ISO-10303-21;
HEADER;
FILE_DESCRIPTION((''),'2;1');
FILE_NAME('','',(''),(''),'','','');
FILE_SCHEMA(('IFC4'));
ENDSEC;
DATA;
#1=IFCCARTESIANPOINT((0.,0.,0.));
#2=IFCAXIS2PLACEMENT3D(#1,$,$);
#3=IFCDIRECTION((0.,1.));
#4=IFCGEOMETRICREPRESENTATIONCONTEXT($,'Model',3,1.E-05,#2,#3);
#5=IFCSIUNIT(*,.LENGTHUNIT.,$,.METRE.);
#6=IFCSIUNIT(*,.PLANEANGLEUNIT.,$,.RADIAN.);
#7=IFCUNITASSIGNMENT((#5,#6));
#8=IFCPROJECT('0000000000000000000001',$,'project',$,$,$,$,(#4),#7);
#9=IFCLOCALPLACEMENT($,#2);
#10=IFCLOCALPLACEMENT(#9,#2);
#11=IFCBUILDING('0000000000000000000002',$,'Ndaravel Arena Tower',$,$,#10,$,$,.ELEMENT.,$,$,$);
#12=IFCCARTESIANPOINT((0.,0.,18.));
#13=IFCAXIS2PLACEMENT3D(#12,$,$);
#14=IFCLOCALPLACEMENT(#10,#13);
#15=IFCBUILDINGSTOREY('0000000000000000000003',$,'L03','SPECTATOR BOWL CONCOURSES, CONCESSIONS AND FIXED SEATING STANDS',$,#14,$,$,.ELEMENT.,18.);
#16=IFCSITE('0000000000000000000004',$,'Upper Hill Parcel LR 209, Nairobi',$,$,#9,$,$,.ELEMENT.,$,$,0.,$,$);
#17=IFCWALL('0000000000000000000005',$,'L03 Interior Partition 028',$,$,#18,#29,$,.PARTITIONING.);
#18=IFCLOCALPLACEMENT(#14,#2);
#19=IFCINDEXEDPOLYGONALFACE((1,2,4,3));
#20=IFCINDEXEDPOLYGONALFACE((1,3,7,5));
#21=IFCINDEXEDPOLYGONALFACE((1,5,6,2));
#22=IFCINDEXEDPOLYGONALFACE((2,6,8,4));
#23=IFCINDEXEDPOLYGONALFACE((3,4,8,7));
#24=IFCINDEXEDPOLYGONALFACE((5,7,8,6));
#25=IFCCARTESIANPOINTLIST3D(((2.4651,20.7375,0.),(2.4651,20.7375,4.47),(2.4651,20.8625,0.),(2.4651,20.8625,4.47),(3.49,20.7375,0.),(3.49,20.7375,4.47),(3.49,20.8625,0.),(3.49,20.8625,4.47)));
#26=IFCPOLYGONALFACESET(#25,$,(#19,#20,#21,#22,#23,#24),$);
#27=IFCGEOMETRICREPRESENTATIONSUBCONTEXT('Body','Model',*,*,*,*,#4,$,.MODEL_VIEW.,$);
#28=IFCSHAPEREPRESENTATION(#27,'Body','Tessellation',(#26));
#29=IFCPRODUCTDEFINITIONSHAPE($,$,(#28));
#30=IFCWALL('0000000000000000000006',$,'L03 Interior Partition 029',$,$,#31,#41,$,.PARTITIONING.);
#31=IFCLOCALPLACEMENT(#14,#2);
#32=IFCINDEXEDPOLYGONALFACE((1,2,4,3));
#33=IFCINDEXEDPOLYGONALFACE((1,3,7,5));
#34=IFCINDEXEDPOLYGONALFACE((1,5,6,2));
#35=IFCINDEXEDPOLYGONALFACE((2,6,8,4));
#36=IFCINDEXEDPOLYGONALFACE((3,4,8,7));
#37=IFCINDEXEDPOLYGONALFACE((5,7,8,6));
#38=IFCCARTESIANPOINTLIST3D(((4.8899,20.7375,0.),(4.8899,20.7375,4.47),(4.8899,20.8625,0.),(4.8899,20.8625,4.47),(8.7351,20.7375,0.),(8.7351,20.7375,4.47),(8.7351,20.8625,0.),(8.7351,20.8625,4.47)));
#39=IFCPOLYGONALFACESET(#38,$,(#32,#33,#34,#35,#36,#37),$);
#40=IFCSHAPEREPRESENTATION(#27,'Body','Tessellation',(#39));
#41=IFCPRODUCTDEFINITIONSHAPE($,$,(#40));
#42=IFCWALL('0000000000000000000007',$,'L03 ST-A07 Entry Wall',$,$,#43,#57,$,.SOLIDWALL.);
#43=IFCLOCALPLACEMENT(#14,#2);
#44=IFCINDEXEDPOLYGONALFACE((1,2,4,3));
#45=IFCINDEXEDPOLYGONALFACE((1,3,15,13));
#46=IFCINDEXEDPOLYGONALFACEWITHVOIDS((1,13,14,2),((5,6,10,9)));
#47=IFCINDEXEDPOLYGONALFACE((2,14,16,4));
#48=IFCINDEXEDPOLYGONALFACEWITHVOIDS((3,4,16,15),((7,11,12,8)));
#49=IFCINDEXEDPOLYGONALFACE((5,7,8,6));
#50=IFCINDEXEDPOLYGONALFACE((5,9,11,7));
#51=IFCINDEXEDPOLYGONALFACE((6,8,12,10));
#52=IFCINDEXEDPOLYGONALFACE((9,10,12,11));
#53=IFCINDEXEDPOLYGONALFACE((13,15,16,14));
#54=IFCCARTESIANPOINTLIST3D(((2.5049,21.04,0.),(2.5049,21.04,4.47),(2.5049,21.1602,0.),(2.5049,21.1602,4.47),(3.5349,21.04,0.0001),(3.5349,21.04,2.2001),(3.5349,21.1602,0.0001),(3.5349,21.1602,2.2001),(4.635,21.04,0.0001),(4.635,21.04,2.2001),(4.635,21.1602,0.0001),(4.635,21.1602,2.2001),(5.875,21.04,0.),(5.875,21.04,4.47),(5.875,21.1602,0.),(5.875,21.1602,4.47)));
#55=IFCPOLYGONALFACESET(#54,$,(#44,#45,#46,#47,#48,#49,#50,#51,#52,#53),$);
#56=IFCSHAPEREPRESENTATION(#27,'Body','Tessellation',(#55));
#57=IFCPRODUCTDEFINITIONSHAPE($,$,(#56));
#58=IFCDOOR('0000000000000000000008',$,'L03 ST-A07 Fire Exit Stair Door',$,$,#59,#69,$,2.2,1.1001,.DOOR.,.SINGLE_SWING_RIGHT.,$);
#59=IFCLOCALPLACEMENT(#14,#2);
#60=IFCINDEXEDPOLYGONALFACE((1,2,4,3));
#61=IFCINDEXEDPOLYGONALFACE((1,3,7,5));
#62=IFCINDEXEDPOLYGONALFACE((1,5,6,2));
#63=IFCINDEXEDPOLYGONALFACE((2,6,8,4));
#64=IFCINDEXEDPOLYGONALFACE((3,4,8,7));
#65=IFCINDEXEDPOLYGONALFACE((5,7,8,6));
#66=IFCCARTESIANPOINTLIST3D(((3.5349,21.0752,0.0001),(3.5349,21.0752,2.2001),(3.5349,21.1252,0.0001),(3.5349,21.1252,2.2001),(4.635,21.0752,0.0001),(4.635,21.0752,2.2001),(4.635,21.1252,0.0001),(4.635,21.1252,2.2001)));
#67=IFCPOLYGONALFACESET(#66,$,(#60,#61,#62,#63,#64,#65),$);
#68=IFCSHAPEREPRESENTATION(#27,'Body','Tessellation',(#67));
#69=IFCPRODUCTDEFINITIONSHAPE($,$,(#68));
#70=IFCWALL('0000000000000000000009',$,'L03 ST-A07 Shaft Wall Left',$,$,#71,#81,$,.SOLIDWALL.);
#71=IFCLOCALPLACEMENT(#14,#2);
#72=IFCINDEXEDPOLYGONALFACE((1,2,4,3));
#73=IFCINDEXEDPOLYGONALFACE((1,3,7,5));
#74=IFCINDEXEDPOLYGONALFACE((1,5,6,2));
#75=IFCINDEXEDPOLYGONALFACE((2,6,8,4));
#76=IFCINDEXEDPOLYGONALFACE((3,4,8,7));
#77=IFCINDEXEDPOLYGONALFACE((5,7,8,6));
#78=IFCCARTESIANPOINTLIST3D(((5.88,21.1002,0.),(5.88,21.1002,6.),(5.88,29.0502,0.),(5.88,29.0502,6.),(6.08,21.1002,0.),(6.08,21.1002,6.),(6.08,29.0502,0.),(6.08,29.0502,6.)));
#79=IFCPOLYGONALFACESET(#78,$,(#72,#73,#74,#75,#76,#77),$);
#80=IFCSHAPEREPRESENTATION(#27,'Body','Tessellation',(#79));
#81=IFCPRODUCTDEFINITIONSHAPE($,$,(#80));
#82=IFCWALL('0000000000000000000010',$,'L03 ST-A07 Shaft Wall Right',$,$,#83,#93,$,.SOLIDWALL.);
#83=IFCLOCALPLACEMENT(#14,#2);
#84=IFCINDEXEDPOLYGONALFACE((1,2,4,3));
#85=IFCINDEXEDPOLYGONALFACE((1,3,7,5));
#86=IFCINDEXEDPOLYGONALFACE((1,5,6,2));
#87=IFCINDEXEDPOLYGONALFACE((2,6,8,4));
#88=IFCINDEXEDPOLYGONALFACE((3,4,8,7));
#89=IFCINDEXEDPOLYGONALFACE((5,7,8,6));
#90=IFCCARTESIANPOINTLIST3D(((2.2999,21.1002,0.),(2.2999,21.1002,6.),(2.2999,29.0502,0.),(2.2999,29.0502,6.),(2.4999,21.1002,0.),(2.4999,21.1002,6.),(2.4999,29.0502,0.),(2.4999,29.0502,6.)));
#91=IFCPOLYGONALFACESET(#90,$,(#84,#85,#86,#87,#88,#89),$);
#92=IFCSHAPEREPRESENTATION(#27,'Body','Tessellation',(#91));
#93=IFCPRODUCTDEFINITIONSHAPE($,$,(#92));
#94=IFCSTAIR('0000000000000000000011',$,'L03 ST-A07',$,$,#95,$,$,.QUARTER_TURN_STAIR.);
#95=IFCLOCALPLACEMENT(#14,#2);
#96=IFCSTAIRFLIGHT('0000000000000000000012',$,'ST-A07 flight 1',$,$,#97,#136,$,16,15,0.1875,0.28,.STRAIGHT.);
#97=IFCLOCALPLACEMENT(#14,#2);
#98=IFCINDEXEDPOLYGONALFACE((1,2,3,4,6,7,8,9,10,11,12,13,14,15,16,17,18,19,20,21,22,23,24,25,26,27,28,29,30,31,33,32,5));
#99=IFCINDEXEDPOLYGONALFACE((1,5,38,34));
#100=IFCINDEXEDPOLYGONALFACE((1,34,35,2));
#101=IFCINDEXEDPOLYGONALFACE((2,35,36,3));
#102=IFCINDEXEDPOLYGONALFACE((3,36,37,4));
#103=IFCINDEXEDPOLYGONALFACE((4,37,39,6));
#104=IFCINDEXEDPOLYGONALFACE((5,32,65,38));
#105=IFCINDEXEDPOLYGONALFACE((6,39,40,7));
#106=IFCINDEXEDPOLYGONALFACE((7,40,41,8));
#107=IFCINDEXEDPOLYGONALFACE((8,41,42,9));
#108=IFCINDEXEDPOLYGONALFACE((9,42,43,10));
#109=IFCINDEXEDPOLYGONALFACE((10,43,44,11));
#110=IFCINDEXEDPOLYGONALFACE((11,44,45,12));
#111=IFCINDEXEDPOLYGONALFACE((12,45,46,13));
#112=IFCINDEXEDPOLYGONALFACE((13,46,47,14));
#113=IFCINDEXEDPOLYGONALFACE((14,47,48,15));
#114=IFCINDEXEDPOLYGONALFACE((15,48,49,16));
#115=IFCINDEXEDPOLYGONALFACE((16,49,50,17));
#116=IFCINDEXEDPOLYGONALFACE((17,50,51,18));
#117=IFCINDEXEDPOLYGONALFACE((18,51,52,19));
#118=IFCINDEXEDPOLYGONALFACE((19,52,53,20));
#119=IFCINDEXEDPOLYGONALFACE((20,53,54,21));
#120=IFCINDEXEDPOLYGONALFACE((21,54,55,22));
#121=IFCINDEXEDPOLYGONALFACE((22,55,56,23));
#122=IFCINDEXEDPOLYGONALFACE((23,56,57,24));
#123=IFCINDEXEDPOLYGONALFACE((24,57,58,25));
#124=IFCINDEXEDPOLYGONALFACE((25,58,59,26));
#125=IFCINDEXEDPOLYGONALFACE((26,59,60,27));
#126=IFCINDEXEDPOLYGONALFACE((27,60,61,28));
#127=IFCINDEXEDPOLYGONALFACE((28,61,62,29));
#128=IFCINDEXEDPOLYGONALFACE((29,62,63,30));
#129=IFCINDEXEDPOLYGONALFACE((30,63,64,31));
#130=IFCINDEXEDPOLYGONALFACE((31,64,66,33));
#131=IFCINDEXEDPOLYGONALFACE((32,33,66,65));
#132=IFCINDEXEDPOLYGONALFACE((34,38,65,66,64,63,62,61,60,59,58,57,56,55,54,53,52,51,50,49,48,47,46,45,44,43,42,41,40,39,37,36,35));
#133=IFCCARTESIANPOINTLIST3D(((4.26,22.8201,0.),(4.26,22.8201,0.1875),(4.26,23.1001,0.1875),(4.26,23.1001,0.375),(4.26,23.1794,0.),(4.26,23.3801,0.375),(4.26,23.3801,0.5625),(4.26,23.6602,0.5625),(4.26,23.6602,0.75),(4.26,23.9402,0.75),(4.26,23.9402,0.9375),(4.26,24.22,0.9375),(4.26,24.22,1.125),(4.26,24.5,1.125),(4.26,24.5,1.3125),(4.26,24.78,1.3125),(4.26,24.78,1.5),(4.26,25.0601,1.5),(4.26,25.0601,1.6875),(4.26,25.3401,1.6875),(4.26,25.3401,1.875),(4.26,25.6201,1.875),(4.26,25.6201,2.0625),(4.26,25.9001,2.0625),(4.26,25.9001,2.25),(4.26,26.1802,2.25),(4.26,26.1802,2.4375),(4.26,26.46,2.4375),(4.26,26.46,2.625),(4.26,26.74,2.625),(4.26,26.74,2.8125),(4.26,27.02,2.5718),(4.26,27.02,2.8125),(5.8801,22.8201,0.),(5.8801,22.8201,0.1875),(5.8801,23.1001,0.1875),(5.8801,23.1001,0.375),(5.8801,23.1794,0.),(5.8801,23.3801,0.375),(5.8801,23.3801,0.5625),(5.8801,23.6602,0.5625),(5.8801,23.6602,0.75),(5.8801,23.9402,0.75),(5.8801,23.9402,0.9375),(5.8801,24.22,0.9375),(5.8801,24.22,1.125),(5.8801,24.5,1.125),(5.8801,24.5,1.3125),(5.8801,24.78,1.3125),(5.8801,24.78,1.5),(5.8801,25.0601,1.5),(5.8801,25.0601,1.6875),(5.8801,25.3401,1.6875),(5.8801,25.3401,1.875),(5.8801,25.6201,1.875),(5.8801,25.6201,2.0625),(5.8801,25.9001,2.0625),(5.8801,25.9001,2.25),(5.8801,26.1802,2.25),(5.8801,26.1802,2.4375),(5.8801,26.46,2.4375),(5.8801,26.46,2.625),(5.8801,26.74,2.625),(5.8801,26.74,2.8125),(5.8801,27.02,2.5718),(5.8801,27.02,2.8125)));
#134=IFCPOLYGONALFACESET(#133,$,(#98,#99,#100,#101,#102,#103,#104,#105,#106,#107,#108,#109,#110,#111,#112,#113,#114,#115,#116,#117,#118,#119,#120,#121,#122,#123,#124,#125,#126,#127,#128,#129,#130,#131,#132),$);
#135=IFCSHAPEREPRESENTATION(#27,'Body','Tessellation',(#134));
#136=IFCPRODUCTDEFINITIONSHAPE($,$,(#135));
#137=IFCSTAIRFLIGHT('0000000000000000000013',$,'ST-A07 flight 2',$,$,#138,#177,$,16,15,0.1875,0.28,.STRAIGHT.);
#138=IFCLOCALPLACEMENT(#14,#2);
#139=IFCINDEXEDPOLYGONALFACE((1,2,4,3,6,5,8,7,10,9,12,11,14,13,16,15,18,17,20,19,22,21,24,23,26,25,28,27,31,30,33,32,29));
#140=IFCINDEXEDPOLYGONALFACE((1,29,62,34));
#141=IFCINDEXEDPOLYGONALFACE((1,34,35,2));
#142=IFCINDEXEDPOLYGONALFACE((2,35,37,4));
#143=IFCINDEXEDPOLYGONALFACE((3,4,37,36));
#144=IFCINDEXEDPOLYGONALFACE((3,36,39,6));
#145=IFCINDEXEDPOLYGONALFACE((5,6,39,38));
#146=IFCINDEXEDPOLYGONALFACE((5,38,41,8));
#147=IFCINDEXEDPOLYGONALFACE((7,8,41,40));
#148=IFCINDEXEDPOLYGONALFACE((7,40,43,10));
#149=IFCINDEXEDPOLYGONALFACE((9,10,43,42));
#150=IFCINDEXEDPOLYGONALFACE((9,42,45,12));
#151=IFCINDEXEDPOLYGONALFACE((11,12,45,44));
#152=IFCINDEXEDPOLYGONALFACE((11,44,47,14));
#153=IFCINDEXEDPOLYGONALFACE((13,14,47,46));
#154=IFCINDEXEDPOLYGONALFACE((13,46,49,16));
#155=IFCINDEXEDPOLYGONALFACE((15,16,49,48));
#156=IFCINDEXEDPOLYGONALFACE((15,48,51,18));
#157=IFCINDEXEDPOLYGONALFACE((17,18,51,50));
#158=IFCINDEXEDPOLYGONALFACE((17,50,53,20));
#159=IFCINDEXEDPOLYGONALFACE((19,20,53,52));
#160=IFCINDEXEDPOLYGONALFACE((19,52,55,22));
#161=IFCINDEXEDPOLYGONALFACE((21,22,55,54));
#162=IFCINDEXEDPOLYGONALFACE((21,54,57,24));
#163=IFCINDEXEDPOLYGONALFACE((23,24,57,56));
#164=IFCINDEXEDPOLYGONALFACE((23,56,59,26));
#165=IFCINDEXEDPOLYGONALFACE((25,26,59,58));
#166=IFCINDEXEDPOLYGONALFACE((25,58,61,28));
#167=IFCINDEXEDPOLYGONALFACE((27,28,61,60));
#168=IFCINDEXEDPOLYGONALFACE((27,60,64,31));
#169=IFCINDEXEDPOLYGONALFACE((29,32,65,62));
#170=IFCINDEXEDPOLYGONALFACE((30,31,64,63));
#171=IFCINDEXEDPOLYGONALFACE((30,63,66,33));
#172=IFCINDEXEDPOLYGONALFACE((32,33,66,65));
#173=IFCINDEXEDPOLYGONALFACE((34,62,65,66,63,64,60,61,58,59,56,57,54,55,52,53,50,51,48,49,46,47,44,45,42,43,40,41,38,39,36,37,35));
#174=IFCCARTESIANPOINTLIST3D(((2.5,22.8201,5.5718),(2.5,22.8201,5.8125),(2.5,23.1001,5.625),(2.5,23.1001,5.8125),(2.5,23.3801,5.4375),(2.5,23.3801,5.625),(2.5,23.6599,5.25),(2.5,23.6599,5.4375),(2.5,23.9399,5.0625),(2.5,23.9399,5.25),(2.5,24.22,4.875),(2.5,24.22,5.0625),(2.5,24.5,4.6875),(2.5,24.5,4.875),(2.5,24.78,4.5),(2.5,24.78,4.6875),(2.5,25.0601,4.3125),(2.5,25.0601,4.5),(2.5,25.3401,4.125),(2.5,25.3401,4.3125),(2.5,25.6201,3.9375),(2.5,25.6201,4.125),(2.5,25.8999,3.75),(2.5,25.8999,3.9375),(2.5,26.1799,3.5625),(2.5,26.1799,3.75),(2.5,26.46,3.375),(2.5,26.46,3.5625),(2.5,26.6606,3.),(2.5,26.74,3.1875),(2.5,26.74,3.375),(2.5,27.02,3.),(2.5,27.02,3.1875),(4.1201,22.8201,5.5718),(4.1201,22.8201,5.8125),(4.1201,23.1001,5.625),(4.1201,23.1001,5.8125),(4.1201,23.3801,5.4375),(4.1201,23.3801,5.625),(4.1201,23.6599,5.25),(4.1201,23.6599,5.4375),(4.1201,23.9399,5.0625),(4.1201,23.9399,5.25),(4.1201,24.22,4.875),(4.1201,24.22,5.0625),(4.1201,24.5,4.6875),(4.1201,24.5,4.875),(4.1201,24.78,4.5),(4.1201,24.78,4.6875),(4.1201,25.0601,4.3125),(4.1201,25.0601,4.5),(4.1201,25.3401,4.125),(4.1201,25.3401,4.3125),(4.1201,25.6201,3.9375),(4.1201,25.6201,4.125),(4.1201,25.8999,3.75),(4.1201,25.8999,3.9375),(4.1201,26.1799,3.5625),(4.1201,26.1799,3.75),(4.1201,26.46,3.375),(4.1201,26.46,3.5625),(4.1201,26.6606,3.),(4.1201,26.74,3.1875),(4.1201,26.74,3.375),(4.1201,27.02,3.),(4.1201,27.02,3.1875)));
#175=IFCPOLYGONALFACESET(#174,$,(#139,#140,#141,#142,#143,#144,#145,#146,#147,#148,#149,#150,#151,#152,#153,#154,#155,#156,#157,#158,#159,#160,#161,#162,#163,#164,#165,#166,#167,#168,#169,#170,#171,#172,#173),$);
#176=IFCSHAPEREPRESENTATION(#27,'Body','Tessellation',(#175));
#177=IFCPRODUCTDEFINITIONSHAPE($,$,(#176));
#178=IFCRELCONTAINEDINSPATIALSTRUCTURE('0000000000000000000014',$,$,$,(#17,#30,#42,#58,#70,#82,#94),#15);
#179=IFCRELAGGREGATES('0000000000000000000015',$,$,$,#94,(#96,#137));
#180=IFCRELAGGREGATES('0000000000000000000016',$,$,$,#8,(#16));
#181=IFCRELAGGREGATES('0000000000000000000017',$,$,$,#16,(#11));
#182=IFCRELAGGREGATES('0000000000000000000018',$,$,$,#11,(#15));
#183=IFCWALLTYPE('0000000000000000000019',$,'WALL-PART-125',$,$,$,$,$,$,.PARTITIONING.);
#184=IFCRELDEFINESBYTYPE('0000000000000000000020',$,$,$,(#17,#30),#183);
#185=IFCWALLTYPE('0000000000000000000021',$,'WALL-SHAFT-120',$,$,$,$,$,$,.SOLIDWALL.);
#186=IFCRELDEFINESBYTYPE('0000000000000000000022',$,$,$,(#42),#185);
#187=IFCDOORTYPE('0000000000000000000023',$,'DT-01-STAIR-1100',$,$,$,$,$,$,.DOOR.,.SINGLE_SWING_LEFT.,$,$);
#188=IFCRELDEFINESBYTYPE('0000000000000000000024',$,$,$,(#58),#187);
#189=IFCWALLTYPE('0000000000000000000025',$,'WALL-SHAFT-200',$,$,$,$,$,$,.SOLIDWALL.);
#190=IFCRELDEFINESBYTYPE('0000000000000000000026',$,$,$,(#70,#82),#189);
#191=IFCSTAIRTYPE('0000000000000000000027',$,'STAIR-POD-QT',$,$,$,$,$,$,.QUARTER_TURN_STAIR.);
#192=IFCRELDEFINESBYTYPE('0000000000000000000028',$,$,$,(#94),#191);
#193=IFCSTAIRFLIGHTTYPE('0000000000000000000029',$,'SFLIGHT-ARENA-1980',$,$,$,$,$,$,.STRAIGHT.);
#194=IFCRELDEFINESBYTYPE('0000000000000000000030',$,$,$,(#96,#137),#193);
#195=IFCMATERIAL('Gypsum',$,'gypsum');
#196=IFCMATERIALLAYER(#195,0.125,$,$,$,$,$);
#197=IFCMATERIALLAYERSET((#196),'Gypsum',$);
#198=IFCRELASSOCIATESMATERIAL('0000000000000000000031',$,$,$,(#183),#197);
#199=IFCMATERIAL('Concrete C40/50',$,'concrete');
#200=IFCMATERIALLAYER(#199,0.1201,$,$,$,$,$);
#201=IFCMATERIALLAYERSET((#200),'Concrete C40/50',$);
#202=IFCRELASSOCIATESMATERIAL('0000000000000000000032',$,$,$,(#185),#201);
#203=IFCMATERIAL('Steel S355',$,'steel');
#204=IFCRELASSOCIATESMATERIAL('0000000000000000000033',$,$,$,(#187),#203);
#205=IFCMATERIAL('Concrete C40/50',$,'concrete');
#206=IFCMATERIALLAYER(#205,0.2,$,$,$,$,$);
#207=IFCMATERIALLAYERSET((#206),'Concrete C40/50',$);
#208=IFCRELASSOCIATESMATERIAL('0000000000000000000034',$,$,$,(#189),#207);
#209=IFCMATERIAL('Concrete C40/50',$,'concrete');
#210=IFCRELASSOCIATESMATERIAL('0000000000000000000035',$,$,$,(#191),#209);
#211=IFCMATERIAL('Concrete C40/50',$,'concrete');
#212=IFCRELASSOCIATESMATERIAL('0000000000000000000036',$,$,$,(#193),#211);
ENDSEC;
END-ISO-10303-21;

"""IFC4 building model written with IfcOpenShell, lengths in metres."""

from ifc_helpers import new_model, si_unit, direction, frame, frame_2d, origin, place, context, subcontext, project, spatial, polyline, rectangle, outline, extrude, material, layer, layer_set, type_object, element, fill, aggregate, save


model = new_model("IFC4")

# Units and contexts
model_context = context("Model", 3, precision=1e-05, world=origin(), true_north=direction((0.0, 1.0)))
body_context = subcontext(model_context, "Body", "Model", "MODEL_VIEW")
ifc_project = project(units=[si_unit("LENGTHUNIT", "METRE"), si_unit("PLANEANGLEUNIT", "RADIAN")], contexts=[model_context])

# Site, building, storey
site_placement = place(None, origin())
site = spatial("IfcSite", under=ifc_project, at=site_placement, Name="Upper Hill Parcel LR 209, Nairobi", CompositionType="ELEMENT", RefElevation=0.0)
building_placement = place(site_placement, origin())
building = spatial("IfcBuilding", under=site, at=building_placement, Name="Ndaravel Arena Tower", CompositionType="ELEMENT")
storey_placement = place(building_placement, frame((0.0, 0.0, 18.0)))
storey = spatial("IfcBuildingStorey", under=building, at=storey_placement, Name="L03", Description="SPECTATOR BOWL CONCOURSES, CONCESSIONS AND FIXED SEATING STANDS", CompositionType="ELEMENT", Elevation=18.0)

# Walls
ifc_material_1 = material(Name="Gypsum", Category="gypsum")
ifc_layer_1 = layer(ifc_material_1, 0.125)
ifc_layer_set_1 = layer_set([ifc_layer_1], Name="Gypsum")
wall_type_1 = type_object("IfcWallType", Name="WALL-PART-125", PredefinedType="PARTITIONING", material=ifc_layer_set_1)
wall_1_placement = place(storey_placement, frame((2.4651, 20.8, 0.0), z_axis=(0.0, 0.0, 1.0), x_axis=(1.0, 0.0, 0.0)))
element("IfcWall", 1, at=wall_1_placement, inside=storey, type_object=wall_type_1, Name="L03 Interior Partition 028", PredefinedType="PARTITIONING", context=body_context, shape_type="SweptSolid", body=[
    extrude(rectangle(XDim=1.0249, YDim=0.125, at=frame_2d((0.5125, 0.0))), origin(), (0.0, 0.0, 1.0), 4.47),
])
wall_2_placement = place(storey_placement, frame((4.8899, 20.8, 0.0), z_axis=(0.0, 0.0, 1.0), x_axis=(1.0, 0.0, 0.0)))
element("IfcWall", 2, at=wall_2_placement, inside=storey, type_object=wall_type_1, Name="L03 Interior Partition 029", PredefinedType="PARTITIONING", context=body_context, shape_type="SweptSolid", body=[
    extrude(rectangle(XDim=3.8452, YDim=0.125, at=frame_2d((1.9226, 0.0))), origin(), (0.0, 0.0, 1.0), 4.47),
])

# Wall, opening, door
ifc_material_2 = material(Name="Concrete C40/50", Category="concrete")
ifc_layer_2 = layer(ifc_material_2, 0.1201)
ifc_layer_set_2 = layer_set([ifc_layer_2], Name="Concrete C40/50")
wall_type_2 = type_object("IfcWallType", Name="WALL-SHAFT-120", PredefinedType="SOLIDWALL", material=ifc_layer_set_2)
wall_3_placement = place(storey_placement, frame((5.875, 21.1001, 0.0), z_axis=(0.0, 0.0, 1.0), x_axis=(-1.0, 0.0, 0.0)))
wall_3 = element("IfcWall", 3, at=wall_3_placement, inside=storey, type_object=wall_type_2, Name="L03 ST-A07 Entry Wall", PredefinedType="SOLIDWALL", context=body_context, shape_type="SweptSolid", body=[
    extrude(rectangle(XDim=3.3701, YDim=0.1201, at=frame_2d((1.6851, 0.0))), origin(), (0.0, 0.0, 1.0), 4.47),
])
opening_1_placement = place(wall_3_placement, frame((1.24, 0.0, 0.0)))
opening_1 = element("IfcOpeningElement", 4, at=opening_1_placement, cuts=wall_3, PredefinedType="OPENING", context=body_context, shape_type="SweptSolid", body=[
    extrude(rectangle(XDim=1.1001, YDim=2.2, at=frame_2d((0.55, 1.1001))), frame((0.0, 0.0601, 0.0), z_axis=(0.0, -1.0, 0.0), x_axis=(1.0, 0.0, 0.0)), (0.0, 0.0, 1.0), 0.1201),
])
ifc_material_3 = material(Name="Steel S355", Category="steel")
door_type = type_object("IfcDoorType", Name="DT-01-STAIR-1100", OperationType="SINGLE_SWING_LEFT", PredefinedType="DOOR", material=ifc_material_3)
door_placement = place(opening_1_placement, origin())
door = element("IfcDoor", 5, at=door_placement, inside=storey, type_object=door_type, Name="L03 ST-A07 Fire Exit Stair Door", OperationType="SINGLE_SWING_RIGHT", OverallHeight=2.2, OverallWidth=1.1001, PredefinedType="DOOR", context=body_context, shape_type="SweptSolid", body=[
    extrude(rectangle(XDim=1.1001, YDim=2.2, at=frame_2d((0.55, 1.1001))), frame((0.0, 0.0249, 0.0), z_axis=(0.0, -1.0, 0.0), x_axis=(1.0, 0.0, 0.0)), (0.0, 0.0, 1.0), 0.05),
])
fill(opening_1, door)

# Walls
ifc_material_4 = material(Name="Concrete C40/50", Category="concrete")
ifc_layer_3 = layer(ifc_material_4, 0.2)
ifc_layer_set_3 = layer_set([ifc_layer_3], Name="Concrete C40/50")
wall_type_3 = type_object("IfcWallType", Name="WALL-SHAFT-200", PredefinedType="SOLIDWALL", material=ifc_layer_set_3)
for number, where, z_axis, x_axis, name in (
    (6, (5.98, 21.1001, 0.0), (0.0, 0.0, 1.0), (0.0, 1.0, 0.0), "L03 ST-A07 Shaft Wall Left"),
    (7, (2.3999, 21.1001, 0.0), (0.0, 0.0, 1.0), (0.0, 1.0, 0.0), "L03 ST-A07 Shaft Wall Right"),
):
    element("IfcWall", number, at=place(storey_placement, frame(where, z_axis=z_axis, x_axis=x_axis)), inside=storey, type_object=wall_type_3, Name=name, PredefinedType="SOLIDWALL", context=body_context, shape_type="SweptSolid", body=[
        extrude(rectangle(XDim=7.95, YDim=0.2, at=frame_2d((3.9751, 0.0))), origin(), (0.0, 0.0, 1.0), 6.0),
    ])

# Stair, stair flights
ifc_material_5 = material(Name="Concrete C40/50", Category="concrete")
stair_type = type_object("IfcStairType", Name="STAIR-POD-QT", PredefinedType="QUARTER_TURN_STAIR", material=ifc_material_5)
stair_placement = place(storey_placement, origin())
stair = element("IfcStair", 8, at=stair_placement, inside=storey, type_object=stair_type, Name="L03 ST-A07", PredefinedType="QUARTER_TURN_STAIR")
ifc_material_6 = material(Name="Concrete C40/50", Category="concrete")
stair_flight_type = type_object("IfcStairFlightType", Name="SFLIGHT-ARENA-1980", PredefinedType="STRAIGHT", material=ifc_material_6)
stair_flight_1_placement = place(storey_placement, frame((5.0701, 22.8201, 0.0), z_axis=(0.0, 0.0, 1.0), x_axis=(0.0, 1.0, 0.0)))
stair_flight_1 = element("IfcStairFlight", 9, at=stair_flight_1_placement, type_object=stair_flight_type, Name="ST-A07 flight 1", NumberOfRisers=16, NumberOfTreads=15, PredefinedType="STRAIGHT", RiserHeight=0.1875, TreadLength=0.28, context=body_context, shape_type="SweptSolid", body=[
    extrude(outline(polyline([(0.0, 0.0), (0.0, 0.1875), (0.28, 0.1875), (0.28, 0.375), (0.5601, 0.375), (0.5601, 0.5625), (0.8401, 0.5625), (0.8401, 0.75), (1.1201, 0.75), (1.1201, 0.9375), (1.3999, 0.9375), (1.3999, 1.125), (1.6799, 1.125), (1.6799, 1.3125), (1.96, 1.3125), (1.96, 1.5), (2.24, 1.5), (2.24, 1.6875), (2.52, 1.6875), (2.52, 1.875), (2.8, 1.875), (2.8, 2.0625), (3.0801, 2.0625), (3.0801, 2.25), (3.3601, 2.25), (3.3601, 2.4375), (3.6399, 2.4375), (3.6399, 2.625), (3.9199, 2.625), (3.9199, 2.8125), (4.2, 2.8125), (4.2, 3.0), (4.2, 2.5718), (0.3594, 0.0), (0.0, 0.0)])), frame((0.0, 0.8101, 0.0), z_axis=(0.0, -1.0, 0.0), x_axis=(1.0, 0.0, 0.0)), (0.0, 0.0, 1.0), 1.6201),
])
stair_flight_2_placement = place(storey_placement, frame((3.3101, 27.02, 3.0), z_axis=(0.0, 0.0, 1.0), x_axis=(0.0, -1.0, 0.0)))
stair_flight_2 = element("IfcStairFlight", 10, at=stair_flight_2_placement, type_object=stair_flight_type, Name="ST-A07 flight 2", NumberOfRisers=16, NumberOfTreads=15, PredefinedType="STRAIGHT", RiserHeight=0.1875, TreadLength=0.28, context=body_context, shape_type="SweptSolid", body=[
    extrude(outline(polyline([(0.0, 0.0), (0.0, 0.1875), (0.28, 0.1875), (0.28, 0.375), (0.5601, 0.375), (0.5601, 0.5625), (0.8401, 0.5625), (0.8401, 0.75), (1.1201, 0.75), (1.1201, 0.9375), (1.3999, 0.9375), (1.3999, 1.125), (1.6799, 1.125), (1.6799, 1.3125), (1.96, 1.3125), (1.96, 1.5), (2.24, 1.5), (2.24, 1.6875), (2.52, 1.6875), (2.52, 1.875), (2.8, 1.875), (2.8, 2.0625), (3.0801, 2.0625), (3.0801, 2.25), (3.3601, 2.25), (3.3601, 2.4375), (3.6399, 2.4375), (3.6399, 2.625), (3.9199, 2.625), (3.9199, 2.8125), (4.2, 2.8125), (4.2, 3.0), (4.2, 2.5718), (0.3594, 0.0), (0.0, 0.0)])), frame((0.0, 0.8101, 0.0), z_axis=(0.0, -1.0, 0.0), x_axis=(1.0, 0.0, 0.0)), (0.0, 0.0, 1.0), 1.6201),
])
aggregate(stair, [stair_flight_1, stair_flight_2])

save(model, "model.ifc")
